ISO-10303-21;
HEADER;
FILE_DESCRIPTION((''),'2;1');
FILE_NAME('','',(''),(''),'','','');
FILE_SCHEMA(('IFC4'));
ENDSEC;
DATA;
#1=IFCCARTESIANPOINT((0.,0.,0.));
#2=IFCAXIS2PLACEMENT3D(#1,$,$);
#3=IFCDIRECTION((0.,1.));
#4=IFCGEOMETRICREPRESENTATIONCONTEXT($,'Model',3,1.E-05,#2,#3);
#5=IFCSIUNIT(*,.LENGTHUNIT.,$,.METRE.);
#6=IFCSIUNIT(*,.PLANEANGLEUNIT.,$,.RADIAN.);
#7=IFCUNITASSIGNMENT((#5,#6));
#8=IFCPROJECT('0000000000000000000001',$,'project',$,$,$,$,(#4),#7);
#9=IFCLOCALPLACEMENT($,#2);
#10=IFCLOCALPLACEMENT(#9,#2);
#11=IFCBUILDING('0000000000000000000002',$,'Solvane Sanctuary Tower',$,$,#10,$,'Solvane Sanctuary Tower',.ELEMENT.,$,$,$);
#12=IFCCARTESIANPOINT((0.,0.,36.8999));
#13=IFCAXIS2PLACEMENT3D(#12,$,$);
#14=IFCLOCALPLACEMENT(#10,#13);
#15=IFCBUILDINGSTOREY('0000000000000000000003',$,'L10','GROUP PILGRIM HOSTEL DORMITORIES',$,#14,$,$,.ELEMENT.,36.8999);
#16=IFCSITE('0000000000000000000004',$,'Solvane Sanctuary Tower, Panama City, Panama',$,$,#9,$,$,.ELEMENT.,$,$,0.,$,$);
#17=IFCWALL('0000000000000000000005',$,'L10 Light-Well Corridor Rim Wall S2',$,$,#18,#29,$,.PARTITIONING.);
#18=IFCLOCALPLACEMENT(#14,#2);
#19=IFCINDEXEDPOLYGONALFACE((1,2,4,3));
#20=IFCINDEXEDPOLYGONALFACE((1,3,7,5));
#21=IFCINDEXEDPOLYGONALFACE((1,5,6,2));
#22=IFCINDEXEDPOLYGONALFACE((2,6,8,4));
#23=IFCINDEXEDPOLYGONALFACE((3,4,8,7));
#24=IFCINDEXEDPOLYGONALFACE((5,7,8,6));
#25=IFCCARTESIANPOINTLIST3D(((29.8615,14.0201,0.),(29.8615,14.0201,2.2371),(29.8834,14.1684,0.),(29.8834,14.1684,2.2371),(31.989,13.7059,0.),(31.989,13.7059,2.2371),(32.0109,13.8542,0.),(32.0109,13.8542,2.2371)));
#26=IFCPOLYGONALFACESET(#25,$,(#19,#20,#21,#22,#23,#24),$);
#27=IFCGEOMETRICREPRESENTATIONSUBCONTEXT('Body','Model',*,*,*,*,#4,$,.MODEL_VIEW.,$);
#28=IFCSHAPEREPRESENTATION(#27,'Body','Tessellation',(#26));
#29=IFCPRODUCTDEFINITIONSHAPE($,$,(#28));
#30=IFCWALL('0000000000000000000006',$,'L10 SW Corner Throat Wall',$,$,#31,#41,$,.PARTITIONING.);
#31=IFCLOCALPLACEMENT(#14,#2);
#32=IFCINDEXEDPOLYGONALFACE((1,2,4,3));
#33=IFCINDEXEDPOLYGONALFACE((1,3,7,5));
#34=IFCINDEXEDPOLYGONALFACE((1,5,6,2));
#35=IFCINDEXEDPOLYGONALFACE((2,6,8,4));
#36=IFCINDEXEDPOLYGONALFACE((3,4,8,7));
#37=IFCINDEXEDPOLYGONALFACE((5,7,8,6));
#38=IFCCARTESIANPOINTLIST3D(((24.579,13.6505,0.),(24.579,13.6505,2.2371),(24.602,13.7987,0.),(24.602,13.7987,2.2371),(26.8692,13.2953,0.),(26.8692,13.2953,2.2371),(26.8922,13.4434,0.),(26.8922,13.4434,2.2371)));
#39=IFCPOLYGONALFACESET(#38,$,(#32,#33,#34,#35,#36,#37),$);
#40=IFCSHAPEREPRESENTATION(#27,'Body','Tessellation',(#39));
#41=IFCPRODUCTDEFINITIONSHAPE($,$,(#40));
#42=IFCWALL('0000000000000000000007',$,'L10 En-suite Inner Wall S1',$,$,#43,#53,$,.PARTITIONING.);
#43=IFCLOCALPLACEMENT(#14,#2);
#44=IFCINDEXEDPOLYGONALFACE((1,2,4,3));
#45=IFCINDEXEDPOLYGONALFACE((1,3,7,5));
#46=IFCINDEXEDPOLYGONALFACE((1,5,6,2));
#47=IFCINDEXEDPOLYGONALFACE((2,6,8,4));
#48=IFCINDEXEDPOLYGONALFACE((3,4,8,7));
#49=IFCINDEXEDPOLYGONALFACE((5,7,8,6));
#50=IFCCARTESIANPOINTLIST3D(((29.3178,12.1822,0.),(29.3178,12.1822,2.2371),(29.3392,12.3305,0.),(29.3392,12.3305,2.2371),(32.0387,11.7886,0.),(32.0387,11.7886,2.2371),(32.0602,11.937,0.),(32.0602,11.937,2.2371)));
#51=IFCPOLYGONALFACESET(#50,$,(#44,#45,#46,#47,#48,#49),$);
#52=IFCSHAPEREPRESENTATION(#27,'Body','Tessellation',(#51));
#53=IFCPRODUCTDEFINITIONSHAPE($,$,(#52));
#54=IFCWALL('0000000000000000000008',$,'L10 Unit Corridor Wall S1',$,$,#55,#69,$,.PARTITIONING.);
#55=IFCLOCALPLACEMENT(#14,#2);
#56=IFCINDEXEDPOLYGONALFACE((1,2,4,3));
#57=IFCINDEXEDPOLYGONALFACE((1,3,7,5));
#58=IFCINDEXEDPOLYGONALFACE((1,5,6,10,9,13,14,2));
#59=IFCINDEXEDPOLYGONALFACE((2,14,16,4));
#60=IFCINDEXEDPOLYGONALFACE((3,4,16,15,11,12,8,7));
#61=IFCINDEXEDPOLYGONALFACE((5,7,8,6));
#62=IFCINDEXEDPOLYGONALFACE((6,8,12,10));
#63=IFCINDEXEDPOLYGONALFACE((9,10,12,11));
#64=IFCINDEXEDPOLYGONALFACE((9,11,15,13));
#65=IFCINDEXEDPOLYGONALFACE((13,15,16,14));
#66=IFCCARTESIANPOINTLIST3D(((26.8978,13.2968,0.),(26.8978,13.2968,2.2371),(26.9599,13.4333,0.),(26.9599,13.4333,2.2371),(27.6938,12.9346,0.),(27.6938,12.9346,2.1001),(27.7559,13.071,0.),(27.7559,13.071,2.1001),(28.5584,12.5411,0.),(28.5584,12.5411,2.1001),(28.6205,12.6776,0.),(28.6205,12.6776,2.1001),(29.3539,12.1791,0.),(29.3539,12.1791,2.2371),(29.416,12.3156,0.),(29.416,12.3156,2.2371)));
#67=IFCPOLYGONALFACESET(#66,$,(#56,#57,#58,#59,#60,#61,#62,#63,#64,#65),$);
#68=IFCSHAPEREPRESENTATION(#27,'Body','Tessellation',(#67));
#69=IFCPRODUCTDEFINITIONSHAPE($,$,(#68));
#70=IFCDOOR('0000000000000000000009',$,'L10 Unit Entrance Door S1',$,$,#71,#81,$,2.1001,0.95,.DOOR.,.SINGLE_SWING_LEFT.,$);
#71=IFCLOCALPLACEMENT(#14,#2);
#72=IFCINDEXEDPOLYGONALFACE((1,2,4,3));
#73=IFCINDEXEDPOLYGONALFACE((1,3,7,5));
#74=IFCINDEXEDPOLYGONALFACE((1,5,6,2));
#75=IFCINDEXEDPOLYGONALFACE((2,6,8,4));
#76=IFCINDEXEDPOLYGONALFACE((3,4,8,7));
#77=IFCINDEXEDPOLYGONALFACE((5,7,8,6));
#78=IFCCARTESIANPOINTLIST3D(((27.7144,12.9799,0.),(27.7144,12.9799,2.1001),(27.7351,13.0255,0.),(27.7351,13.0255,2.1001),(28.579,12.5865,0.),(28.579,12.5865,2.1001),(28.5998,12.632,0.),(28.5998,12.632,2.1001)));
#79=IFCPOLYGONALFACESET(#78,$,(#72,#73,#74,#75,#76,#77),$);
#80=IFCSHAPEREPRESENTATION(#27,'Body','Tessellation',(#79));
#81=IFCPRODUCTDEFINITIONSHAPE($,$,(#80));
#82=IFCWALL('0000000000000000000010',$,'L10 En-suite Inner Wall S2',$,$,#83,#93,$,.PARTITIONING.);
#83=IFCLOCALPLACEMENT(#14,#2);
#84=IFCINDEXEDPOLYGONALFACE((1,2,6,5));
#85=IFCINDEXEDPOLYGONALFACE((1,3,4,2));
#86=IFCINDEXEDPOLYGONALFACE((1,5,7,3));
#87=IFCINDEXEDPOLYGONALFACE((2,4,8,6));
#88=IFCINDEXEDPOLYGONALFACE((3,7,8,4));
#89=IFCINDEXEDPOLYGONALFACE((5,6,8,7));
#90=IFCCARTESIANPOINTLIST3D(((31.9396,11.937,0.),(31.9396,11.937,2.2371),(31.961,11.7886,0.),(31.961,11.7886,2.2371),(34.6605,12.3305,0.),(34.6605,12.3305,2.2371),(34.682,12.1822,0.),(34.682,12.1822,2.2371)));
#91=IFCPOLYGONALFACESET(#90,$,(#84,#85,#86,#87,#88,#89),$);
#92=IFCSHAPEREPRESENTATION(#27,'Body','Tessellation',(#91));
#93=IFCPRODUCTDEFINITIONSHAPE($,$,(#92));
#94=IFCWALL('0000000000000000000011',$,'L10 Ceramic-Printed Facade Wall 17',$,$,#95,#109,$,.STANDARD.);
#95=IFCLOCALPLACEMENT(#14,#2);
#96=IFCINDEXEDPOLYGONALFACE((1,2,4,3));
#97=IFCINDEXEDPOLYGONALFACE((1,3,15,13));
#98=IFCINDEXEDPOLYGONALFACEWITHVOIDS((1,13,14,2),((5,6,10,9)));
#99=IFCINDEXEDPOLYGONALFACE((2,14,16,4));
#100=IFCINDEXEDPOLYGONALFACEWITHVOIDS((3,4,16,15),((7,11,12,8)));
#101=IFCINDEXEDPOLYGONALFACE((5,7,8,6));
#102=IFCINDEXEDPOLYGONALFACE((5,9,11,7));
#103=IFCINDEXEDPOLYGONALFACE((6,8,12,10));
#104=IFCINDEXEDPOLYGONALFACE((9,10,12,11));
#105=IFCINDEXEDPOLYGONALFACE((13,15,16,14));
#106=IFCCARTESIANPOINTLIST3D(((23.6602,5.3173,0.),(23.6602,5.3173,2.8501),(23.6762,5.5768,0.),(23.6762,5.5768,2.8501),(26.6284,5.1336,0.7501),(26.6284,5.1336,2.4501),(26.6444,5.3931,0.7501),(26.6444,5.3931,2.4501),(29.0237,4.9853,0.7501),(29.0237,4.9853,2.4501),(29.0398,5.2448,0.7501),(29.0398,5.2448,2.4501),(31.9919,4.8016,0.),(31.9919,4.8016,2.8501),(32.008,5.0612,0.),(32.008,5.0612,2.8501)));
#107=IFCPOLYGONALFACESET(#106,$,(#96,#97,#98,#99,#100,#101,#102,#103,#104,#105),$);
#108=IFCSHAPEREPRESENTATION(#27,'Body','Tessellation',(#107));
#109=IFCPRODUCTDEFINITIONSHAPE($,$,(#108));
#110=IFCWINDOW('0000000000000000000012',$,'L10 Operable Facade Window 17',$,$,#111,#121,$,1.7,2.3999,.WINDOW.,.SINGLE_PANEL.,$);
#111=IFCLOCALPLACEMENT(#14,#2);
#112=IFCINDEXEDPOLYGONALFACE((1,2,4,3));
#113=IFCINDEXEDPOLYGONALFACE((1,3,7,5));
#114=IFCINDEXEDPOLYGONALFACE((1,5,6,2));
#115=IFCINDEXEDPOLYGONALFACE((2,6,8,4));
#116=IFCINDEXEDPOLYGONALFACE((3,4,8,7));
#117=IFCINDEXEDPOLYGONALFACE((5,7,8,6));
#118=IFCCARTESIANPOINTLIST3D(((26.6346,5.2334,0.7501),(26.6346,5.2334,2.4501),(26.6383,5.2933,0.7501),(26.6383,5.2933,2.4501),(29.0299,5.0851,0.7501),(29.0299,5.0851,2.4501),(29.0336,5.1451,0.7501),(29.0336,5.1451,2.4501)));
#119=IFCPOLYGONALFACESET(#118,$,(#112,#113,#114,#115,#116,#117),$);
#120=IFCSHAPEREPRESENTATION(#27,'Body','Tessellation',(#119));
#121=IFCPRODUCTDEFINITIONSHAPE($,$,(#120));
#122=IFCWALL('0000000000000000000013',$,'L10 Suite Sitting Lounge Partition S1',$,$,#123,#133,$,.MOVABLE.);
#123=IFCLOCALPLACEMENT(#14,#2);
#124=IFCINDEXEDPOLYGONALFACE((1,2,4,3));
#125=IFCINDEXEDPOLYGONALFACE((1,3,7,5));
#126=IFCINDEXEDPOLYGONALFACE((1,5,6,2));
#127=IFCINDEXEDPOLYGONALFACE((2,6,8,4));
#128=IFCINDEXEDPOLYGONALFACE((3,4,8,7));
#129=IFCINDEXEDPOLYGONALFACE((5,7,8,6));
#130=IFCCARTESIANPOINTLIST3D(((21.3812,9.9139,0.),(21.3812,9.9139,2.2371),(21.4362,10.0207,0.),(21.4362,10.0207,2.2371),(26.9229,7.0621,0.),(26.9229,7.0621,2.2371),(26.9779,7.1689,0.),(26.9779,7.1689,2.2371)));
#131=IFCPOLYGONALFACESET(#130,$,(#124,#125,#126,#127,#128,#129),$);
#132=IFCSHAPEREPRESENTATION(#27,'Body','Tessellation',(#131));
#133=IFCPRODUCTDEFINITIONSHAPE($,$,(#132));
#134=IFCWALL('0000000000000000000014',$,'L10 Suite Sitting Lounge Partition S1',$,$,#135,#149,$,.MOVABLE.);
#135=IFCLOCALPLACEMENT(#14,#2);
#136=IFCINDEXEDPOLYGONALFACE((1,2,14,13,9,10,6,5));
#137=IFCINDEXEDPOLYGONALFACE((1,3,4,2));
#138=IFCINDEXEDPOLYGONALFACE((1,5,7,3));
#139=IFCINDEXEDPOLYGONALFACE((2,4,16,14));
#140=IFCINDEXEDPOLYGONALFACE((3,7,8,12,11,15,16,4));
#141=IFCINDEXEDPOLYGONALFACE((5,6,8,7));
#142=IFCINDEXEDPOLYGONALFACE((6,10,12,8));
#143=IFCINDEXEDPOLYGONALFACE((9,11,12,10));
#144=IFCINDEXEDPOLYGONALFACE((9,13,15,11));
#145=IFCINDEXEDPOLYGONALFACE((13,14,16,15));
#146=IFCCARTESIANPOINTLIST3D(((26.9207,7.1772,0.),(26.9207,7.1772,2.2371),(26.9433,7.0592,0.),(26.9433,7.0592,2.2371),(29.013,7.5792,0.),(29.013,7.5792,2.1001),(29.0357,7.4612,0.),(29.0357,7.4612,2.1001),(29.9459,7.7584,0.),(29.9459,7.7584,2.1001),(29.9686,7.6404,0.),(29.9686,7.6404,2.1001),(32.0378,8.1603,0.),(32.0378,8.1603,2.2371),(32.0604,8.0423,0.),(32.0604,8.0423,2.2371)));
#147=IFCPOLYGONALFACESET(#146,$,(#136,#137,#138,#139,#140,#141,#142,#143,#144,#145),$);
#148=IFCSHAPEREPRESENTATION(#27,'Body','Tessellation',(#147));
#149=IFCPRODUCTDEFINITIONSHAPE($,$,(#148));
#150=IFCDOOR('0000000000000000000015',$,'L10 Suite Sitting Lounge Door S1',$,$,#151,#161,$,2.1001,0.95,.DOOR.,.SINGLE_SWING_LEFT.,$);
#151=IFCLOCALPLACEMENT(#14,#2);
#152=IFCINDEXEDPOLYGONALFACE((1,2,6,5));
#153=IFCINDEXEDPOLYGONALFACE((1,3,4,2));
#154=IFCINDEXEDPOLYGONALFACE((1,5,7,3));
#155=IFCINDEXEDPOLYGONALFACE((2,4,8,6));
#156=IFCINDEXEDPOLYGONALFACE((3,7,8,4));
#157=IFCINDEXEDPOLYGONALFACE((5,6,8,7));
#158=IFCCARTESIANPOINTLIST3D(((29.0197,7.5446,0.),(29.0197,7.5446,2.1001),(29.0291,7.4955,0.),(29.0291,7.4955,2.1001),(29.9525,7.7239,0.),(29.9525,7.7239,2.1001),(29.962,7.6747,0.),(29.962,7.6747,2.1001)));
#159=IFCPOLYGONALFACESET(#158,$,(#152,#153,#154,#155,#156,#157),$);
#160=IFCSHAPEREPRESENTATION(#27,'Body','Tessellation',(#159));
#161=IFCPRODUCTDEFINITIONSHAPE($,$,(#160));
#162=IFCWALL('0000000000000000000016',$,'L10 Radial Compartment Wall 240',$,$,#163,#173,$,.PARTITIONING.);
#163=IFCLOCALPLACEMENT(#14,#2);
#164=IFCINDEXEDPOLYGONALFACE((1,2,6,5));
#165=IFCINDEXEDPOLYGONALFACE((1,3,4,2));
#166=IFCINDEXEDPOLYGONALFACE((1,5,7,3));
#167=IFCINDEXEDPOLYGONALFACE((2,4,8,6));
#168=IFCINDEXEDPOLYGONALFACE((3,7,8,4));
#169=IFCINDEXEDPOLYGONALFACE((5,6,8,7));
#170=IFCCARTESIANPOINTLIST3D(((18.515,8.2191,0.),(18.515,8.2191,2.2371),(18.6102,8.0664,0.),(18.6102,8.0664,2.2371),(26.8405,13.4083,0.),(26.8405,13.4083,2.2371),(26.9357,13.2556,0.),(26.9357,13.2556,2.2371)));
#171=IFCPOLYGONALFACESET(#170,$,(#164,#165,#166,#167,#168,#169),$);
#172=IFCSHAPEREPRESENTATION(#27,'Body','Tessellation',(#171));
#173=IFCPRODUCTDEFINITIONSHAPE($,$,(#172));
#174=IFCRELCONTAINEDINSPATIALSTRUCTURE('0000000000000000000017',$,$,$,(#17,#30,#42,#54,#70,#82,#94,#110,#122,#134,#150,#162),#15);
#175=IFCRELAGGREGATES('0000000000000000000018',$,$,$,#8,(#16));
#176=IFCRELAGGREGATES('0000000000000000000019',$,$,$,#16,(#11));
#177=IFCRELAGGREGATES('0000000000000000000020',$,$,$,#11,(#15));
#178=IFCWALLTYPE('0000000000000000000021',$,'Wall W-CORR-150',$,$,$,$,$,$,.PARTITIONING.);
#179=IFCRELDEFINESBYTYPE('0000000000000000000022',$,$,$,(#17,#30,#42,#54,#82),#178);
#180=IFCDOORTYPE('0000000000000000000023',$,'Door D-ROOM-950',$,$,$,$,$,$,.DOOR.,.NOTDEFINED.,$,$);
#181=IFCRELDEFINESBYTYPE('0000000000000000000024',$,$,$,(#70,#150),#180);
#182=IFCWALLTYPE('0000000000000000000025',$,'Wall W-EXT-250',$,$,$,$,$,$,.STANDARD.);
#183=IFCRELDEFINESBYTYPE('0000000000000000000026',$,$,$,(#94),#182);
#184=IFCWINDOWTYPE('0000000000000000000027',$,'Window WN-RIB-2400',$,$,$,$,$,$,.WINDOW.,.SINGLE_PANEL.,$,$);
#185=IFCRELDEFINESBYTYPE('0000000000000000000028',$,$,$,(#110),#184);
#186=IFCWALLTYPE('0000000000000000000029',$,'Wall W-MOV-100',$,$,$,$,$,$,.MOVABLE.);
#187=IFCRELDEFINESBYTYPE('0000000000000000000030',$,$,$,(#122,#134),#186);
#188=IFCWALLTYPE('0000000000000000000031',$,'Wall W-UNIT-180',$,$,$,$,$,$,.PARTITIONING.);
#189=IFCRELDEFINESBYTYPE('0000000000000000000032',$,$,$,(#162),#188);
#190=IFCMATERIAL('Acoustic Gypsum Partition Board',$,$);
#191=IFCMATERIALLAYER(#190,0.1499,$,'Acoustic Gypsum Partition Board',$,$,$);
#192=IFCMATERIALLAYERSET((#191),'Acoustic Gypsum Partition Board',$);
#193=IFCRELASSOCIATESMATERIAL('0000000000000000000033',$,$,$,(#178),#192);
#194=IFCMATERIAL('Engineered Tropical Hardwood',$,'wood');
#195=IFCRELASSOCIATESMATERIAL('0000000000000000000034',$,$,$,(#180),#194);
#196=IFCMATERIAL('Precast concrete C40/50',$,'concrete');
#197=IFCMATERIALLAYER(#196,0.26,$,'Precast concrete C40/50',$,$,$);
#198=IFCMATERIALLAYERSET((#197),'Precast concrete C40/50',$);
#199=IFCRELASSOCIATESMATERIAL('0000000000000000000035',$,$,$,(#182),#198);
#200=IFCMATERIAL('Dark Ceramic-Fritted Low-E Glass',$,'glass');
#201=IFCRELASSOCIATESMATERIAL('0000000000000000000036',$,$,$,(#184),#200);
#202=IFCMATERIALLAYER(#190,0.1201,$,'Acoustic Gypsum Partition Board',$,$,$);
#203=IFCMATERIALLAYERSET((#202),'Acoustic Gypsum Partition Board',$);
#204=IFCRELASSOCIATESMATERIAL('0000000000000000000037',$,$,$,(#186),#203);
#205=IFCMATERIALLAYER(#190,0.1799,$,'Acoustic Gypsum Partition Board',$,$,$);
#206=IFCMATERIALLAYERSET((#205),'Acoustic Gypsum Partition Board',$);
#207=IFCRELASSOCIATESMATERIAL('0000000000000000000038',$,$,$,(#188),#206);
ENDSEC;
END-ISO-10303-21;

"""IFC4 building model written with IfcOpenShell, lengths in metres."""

from ifc_helpers import new_model, si_unit, direction, frame, frame_2d, origin, place, context, subcontext, project, spatial, rectangle, extrude, material, layer, layer_set, type_object, element, fill, save


model = new_model("IFC4")

# Units and contexts
model_context = context("Model", 3, precision=1e-05, world=origin(), true_north=direction((0.0, 1.0)))
body_context = subcontext(model_context, "Body", "Model", "MODEL_VIEW")
ifc_project = project(units=[si_unit("LENGTHUNIT", "METRE"), si_unit("PLANEANGLEUNIT", "RADIAN")], contexts=[model_context])

# Site, building, storey
site_placement = place(None, origin())
site = spatial("IfcSite", under=ifc_project, at=site_placement, Name="Solvane Sanctuary Tower, Panama City, Panama", CompositionType="ELEMENT", RefElevation=0.0)
building_placement = place(site_placement, origin())
building = spatial("IfcBuilding", under=site, at=building_placement, Name="Solvane Sanctuary Tower", LongName="Solvane Sanctuary Tower", CompositionType="ELEMENT")
storey_placement = place(building_placement, frame((0.0, 0.0, 36.8999)))
storey = spatial("IfcBuildingStorey", under=building, at=storey_placement, Name="L10", Description="GROUP PILGRIM HOSTEL DORMITORIES", CompositionType="ELEMENT", Elevation=36.8999)

# Walls
ifc_material_1 = material(Name="Acoustic Gypsum Partition Board")
ifc_layer_1 = layer(ifc_material_1, 0.1499, Name="Acoustic Gypsum Partition Board")
ifc_layer_set_1 = layer_set([ifc_layer_1], Name="Acoustic Gypsum Partition Board")
wall_type_1 = type_object("IfcWallType", Name="Wall W-CORR-150", PredefinedType="PARTITIONING", material=ifc_layer_set_1)
wall_1_placement = place(storey_placement, frame((29.8726, 14.0942, 0.0), z_axis=(0.0, 0.0, 1.0), x_axis=(0.989269, -0.146108, 0.0)))
element("IfcWall", 1, at=wall_1_placement, inside=storey, type_object=wall_type_1, Name="L10 Light-Well Corridor Rim Wall S2", PredefinedType="PARTITIONING", context=body_context, shape_type="SweptSolid", body=[
    extrude(rectangle(XDim=2.1506, YDim=0.1499, at=frame_2d((1.0752, 0.0))), origin(), (0.0, 0.0, 1.0), 2.2371),
])
wall_2_placement = place(storey_placement, frame((26.8806, 13.3694, 0.0), z_axis=(0.0, 0.0, 1.0), x_axis=(-0.988185, 0.153268, 0.0)))
element("IfcWall", 2, at=wall_2_placement, inside=storey, type_object=wall_type_1, Name="L10 SW Corner Throat Wall", PredefinedType="PARTITIONING", context=body_context, shape_type="SweptSolid", body=[
    extrude(rectangle(XDim=2.3176, YDim=0.1499, at=frame_2d((1.1587, 0.0))), origin(), (0.0, 0.0, 1.0), 2.2371),
])
wall_3_placement = place(storey_placement, frame((29.3286, 12.2563, 0.0), z_axis=(0.0, 0.0, 1.0), x_axis=(0.989701, -0.143149, 0.0)))
element("IfcWall", 3, at=wall_3_placement, inside=storey, type_object=wall_type_1, Name="L10 En-suite Inner Wall S1", PredefinedType="PARTITIONING", context=body_context, shape_type="SweptSolid", body=[
    extrude(rectangle(XDim=2.7493, YDim=0.1499, at=frame_2d((1.3745, 0.0))), origin(), (0.0, 0.0, 1.0), 2.2371),
])

# Wall, opening, door
wall_4_placement = place(storey_placement, frame((26.929, 13.365, 0.0), z_axis=(0.0, 0.0, 1.0), x_axis=(0.910187, -0.414198, 0.0)))
wall_4 = element("IfcWall", 4, at=wall_4_placement, inside=storey, type_object=wall_type_1, Name="L10 Unit Corridor Wall S1", PredefinedType="PARTITIONING", context=body_context, shape_type="SweptSolid", body=[
    extrude(rectangle(XDim=2.6985, YDim=0.1499, at=frame_2d((1.3491, 0.0))), origin(), (0.0, 0.0, 1.0), 2.2371),
])
opening_1_placement = place(wall_4_placement, frame((0.8743, 0.0, 0.0)))
opening_1 = element("IfcOpeningElement", 5, at=opening_1_placement, cuts=wall_4, PredefinedType="OPENING", context=body_context, shape_type="SweptSolid", body=[
    extrude(rectangle(XDim=0.95, YDim=2.1001, at=frame_2d((0.4751, 1.05))), frame((0.0, 0.085, 0.0), z_axis=(0.0, -1.0, 0.0), x_axis=(1.0, 0.0, 0.0)), (0.0, 0.0, 1.0), 0.1699),
])
ifc_material_2 = material(Name="Engineered Tropical Hardwood", Category="wood")
door_type_1 = type_object("IfcDoorType", Name="Door D-ROOM-950", OperationType="NOTDEFINED", PredefinedType="DOOR", material=ifc_material_2)
door_1_placement = place(opening_1_placement, origin())
door_1 = element("IfcDoor", 6, at=door_1_placement, inside=storey, type_object=door_type_1, Name="L10 Unit Entrance Door S1", OperationType="SINGLE_SWING_LEFT", OverallHeight=2.1001, OverallWidth=0.95, PredefinedType="DOOR", context=body_context, shape_type="SweptSolid", body=[
    extrude(rectangle(XDim=0.95, YDim=2.1001, at=frame_2d((0.4751, 1.05))), frame((0.0, 0.0249, 0.0), z_axis=(0.0, -1.0, 0.0), x_axis=(1.0, 0.0, 0.0)), (0.0, 0.0, 1.0), 0.05),
])
fill(opening_1, door_1)

# Wall
wall_5_placement = place(storey_placement, frame((31.9504, 11.8628, 0.0), z_axis=(0.0, 0.0, 1.0), x_axis=(0.989701, 0.143149, 0.0)))
element("IfcWall", 7, at=wall_5_placement, inside=storey, type_object=wall_type_1, Name="L10 En-suite Inner Wall S2", PredefinedType="PARTITIONING", context=body_context, shape_type="SweptSolid", body=[
    extrude(rectangle(XDim=2.7493, YDim=0.1499, at=frame_2d((1.3745, 0.0))), origin(), (0.0, 0.0, 1.0), 2.2371),
])

# Wall, opening, window
ifc_material_3 = material(Name="Precast concrete C40/50", Category="concrete")
ifc_layer_2 = layer(ifc_material_3, 0.26, Name="Precast concrete C40/50")
ifc_layer_set_2 = layer_set([ifc_layer_2], Name="Precast concrete C40/50")
wall_type_2 = type_object("IfcWallType", Name="Wall W-EXT-250", PredefinedType="STANDARD", material=ifc_layer_set_2)
wall_6_placement = place(storey_placement, frame((23.6682, 5.447, 0.0), z_axis=(0.0, 0.0, 1.0), x_axis=(0.998091, -0.061768, 0.0)))
wall_6 = element("IfcWall", 8, at=wall_6_placement, inside=storey, type_object=wall_type_2, Name="L10 Ceramic-Printed Facade Wall 17", PredefinedType="STANDARD", context=body_context, shape_type="SweptSolid", body=[
    extrude(rectangle(XDim=8.3477, YDim=0.26, at=frame_2d((4.1738, 0.0))), origin(), (0.0, 0.0, 1.0), 2.8501),
])
opening_2_placement = place(wall_6_placement, frame((2.9739, 0.0, 0.75)))
opening_2 = element("IfcOpeningElement", 9, at=opening_2_placement, cuts=wall_6, PredefinedType="OPENING", context=body_context, shape_type="SweptSolid", body=[
    extrude(rectangle(XDim=2.3999, YDim=1.7, at=frame_2d((1.2, 0.8501))), frame((0.0, 0.1399, 0.0), z_axis=(0.0, -1.0, 0.0), x_axis=(1.0, 0.0, 0.0)), (0.0, 0.0, 1.0), 0.28),
])
ifc_material_4 = material(Name="Dark Ceramic-Fritted Low-E Glass", Category="glass")
window_type = type_object("IfcWindowType", Name="Window WN-RIB-2400", PartitioningType="SINGLE_PANEL", PredefinedType="WINDOW", material=ifc_material_4)
window_placement = place(opening_2_placement, origin())
window = element("IfcWindow", 10, at=window_placement, inside=storey, type_object=window_type, Name="L10 Operable Facade Window 17", OverallHeight=1.7, OverallWidth=2.3999, PartitioningType="SINGLE_PANEL", PredefinedType="WINDOW", context=body_context, shape_type="SweptSolid", body=[
    extrude(rectangle(XDim=2.3999, YDim=1.7, at=frame_2d((1.2, 0.8501))), frame((0.0, 0.03, 0.0), z_axis=(0.0, -1.0, 0.0), x_axis=(1.0, 0.0, 0.0)), (0.0, 0.0, 1.0), 0.0601),
])
fill(opening_2, window)

# Wall
ifc_layer_3 = layer(ifc_material_1, 0.1201, Name="Acoustic Gypsum Partition Board")
ifc_layer_set_3 = layer_set([ifc_layer_3], Name="Acoustic Gypsum Partition Board")
wall_type_3 = type_object("IfcWallType", Name="Wall W-MOV-100", PredefinedType="MOVABLE", material=ifc_layer_set_3)
wall_7_placement = place(storey_placement, frame((21.4087, 9.9673, 0.0), z_axis=(0.0, 0.0, 1.0), x_axis=(0.889173, -0.457572, 0.0)))
element("IfcWall", 11, at=wall_7_placement, inside=storey, type_object=wall_type_3, Name="L10 Suite Sitting Lounge Partition S1", PredefinedType="MOVABLE", context=body_context, shape_type="SweptSolid", body=[
    extrude(rectangle(XDim=6.2324, YDim=0.1201, at=frame_2d((3.1162, 0.0))), origin(), (0.0, 0.0, 1.0), 2.2371),
])

# Wall, opening, door
wall_8_placement = place(storey_placement, frame((26.9319, 7.1182, 0.0), z_axis=(0.0, 0.0, 1.0), x_axis=(0.982039, 0.188677, 0.0)))
wall_8 = element("IfcWall", 12, at=wall_8_placement, inside=storey, type_object=wall_type_3, Name="L10 Suite Sitting Lounge Partition S1", PredefinedType="MOVABLE", context=body_context, shape_type="SweptSolid", body=[
    extrude(rectangle(XDim=5.2107, YDim=0.1201, at=frame_2d((2.6055, 0.0))), origin(), (0.0, 0.0, 1.0), 2.2371),
])
opening_3_placement = place(wall_8_placement, frame((2.1306, 0.0, 0.0)))
opening_3 = element("IfcOpeningElement", 13, at=opening_3_placement, cuts=wall_8, PredefinedType="OPENING", context=body_context, shape_type="SweptSolid", body=[
    extrude(rectangle(XDim=0.95, YDim=2.1001, at=frame_2d((0.4751, 1.05))), frame((0.0, 0.0701, 0.0), z_axis=(0.0, -1.0, 0.0), x_axis=(1.0, 0.0, 0.0)), (0.0, 0.0, 1.0), 0.1401),
])
door_2_placement = place(opening_3_placement, origin())
door_2 = element("IfcDoor", 14, at=door_2_placement, inside=storey, type_object=door_type_1, Name="L10 Suite Sitting Lounge Door S1", OperationType="SINGLE_SWING_LEFT", OverallHeight=2.1001, OverallWidth=0.95, PredefinedType="DOOR", context=body_context, shape_type="SweptSolid", body=[
    extrude(rectangle(XDim=0.95, YDim=2.1001, at=frame_2d((0.4751, 1.05))), frame((0.0, 0.0249, 0.0), z_axis=(0.0, -1.0, 0.0), x_axis=(1.0, 0.0, 0.0)), (0.0, 0.0, 1.0), 0.05),
])
fill(opening_3, door_2)

# Wall
ifc_layer_4 = layer(ifc_material_1, 0.1799, Name="Acoustic Gypsum Partition Board")
ifc_layer_set_4 = layer_set([ifc_layer_4], Name="Acoustic Gypsum Partition Board")
wall_type_4 = type_object("IfcWallType", Name="Wall W-UNIT-180", PredefinedType="PARTITIONING", material=ifc_layer_set_4)
wall_9_placement = place(storey_placement, frame((26.8882, 13.332, 0.0), z_axis=(0.0, 0.0, 1.0), x_axis=(-0.848648, -0.528958, 0.0)))
element("IfcWall", 15, at=wall_9_placement, inside=storey, type_object=wall_type_4, Name="L10 Radial Compartment Wall 240", PredefinedType="PARTITIONING", context=body_context, shape_type="SweptSolid", body=[
    extrude(rectangle(XDim=9.8103, YDim=0.1799, at=frame_2d((4.9053, 0.0))), origin(), (0.0, 0.0, 1.0), 2.2371),
])

save(model, "model.ifc")
